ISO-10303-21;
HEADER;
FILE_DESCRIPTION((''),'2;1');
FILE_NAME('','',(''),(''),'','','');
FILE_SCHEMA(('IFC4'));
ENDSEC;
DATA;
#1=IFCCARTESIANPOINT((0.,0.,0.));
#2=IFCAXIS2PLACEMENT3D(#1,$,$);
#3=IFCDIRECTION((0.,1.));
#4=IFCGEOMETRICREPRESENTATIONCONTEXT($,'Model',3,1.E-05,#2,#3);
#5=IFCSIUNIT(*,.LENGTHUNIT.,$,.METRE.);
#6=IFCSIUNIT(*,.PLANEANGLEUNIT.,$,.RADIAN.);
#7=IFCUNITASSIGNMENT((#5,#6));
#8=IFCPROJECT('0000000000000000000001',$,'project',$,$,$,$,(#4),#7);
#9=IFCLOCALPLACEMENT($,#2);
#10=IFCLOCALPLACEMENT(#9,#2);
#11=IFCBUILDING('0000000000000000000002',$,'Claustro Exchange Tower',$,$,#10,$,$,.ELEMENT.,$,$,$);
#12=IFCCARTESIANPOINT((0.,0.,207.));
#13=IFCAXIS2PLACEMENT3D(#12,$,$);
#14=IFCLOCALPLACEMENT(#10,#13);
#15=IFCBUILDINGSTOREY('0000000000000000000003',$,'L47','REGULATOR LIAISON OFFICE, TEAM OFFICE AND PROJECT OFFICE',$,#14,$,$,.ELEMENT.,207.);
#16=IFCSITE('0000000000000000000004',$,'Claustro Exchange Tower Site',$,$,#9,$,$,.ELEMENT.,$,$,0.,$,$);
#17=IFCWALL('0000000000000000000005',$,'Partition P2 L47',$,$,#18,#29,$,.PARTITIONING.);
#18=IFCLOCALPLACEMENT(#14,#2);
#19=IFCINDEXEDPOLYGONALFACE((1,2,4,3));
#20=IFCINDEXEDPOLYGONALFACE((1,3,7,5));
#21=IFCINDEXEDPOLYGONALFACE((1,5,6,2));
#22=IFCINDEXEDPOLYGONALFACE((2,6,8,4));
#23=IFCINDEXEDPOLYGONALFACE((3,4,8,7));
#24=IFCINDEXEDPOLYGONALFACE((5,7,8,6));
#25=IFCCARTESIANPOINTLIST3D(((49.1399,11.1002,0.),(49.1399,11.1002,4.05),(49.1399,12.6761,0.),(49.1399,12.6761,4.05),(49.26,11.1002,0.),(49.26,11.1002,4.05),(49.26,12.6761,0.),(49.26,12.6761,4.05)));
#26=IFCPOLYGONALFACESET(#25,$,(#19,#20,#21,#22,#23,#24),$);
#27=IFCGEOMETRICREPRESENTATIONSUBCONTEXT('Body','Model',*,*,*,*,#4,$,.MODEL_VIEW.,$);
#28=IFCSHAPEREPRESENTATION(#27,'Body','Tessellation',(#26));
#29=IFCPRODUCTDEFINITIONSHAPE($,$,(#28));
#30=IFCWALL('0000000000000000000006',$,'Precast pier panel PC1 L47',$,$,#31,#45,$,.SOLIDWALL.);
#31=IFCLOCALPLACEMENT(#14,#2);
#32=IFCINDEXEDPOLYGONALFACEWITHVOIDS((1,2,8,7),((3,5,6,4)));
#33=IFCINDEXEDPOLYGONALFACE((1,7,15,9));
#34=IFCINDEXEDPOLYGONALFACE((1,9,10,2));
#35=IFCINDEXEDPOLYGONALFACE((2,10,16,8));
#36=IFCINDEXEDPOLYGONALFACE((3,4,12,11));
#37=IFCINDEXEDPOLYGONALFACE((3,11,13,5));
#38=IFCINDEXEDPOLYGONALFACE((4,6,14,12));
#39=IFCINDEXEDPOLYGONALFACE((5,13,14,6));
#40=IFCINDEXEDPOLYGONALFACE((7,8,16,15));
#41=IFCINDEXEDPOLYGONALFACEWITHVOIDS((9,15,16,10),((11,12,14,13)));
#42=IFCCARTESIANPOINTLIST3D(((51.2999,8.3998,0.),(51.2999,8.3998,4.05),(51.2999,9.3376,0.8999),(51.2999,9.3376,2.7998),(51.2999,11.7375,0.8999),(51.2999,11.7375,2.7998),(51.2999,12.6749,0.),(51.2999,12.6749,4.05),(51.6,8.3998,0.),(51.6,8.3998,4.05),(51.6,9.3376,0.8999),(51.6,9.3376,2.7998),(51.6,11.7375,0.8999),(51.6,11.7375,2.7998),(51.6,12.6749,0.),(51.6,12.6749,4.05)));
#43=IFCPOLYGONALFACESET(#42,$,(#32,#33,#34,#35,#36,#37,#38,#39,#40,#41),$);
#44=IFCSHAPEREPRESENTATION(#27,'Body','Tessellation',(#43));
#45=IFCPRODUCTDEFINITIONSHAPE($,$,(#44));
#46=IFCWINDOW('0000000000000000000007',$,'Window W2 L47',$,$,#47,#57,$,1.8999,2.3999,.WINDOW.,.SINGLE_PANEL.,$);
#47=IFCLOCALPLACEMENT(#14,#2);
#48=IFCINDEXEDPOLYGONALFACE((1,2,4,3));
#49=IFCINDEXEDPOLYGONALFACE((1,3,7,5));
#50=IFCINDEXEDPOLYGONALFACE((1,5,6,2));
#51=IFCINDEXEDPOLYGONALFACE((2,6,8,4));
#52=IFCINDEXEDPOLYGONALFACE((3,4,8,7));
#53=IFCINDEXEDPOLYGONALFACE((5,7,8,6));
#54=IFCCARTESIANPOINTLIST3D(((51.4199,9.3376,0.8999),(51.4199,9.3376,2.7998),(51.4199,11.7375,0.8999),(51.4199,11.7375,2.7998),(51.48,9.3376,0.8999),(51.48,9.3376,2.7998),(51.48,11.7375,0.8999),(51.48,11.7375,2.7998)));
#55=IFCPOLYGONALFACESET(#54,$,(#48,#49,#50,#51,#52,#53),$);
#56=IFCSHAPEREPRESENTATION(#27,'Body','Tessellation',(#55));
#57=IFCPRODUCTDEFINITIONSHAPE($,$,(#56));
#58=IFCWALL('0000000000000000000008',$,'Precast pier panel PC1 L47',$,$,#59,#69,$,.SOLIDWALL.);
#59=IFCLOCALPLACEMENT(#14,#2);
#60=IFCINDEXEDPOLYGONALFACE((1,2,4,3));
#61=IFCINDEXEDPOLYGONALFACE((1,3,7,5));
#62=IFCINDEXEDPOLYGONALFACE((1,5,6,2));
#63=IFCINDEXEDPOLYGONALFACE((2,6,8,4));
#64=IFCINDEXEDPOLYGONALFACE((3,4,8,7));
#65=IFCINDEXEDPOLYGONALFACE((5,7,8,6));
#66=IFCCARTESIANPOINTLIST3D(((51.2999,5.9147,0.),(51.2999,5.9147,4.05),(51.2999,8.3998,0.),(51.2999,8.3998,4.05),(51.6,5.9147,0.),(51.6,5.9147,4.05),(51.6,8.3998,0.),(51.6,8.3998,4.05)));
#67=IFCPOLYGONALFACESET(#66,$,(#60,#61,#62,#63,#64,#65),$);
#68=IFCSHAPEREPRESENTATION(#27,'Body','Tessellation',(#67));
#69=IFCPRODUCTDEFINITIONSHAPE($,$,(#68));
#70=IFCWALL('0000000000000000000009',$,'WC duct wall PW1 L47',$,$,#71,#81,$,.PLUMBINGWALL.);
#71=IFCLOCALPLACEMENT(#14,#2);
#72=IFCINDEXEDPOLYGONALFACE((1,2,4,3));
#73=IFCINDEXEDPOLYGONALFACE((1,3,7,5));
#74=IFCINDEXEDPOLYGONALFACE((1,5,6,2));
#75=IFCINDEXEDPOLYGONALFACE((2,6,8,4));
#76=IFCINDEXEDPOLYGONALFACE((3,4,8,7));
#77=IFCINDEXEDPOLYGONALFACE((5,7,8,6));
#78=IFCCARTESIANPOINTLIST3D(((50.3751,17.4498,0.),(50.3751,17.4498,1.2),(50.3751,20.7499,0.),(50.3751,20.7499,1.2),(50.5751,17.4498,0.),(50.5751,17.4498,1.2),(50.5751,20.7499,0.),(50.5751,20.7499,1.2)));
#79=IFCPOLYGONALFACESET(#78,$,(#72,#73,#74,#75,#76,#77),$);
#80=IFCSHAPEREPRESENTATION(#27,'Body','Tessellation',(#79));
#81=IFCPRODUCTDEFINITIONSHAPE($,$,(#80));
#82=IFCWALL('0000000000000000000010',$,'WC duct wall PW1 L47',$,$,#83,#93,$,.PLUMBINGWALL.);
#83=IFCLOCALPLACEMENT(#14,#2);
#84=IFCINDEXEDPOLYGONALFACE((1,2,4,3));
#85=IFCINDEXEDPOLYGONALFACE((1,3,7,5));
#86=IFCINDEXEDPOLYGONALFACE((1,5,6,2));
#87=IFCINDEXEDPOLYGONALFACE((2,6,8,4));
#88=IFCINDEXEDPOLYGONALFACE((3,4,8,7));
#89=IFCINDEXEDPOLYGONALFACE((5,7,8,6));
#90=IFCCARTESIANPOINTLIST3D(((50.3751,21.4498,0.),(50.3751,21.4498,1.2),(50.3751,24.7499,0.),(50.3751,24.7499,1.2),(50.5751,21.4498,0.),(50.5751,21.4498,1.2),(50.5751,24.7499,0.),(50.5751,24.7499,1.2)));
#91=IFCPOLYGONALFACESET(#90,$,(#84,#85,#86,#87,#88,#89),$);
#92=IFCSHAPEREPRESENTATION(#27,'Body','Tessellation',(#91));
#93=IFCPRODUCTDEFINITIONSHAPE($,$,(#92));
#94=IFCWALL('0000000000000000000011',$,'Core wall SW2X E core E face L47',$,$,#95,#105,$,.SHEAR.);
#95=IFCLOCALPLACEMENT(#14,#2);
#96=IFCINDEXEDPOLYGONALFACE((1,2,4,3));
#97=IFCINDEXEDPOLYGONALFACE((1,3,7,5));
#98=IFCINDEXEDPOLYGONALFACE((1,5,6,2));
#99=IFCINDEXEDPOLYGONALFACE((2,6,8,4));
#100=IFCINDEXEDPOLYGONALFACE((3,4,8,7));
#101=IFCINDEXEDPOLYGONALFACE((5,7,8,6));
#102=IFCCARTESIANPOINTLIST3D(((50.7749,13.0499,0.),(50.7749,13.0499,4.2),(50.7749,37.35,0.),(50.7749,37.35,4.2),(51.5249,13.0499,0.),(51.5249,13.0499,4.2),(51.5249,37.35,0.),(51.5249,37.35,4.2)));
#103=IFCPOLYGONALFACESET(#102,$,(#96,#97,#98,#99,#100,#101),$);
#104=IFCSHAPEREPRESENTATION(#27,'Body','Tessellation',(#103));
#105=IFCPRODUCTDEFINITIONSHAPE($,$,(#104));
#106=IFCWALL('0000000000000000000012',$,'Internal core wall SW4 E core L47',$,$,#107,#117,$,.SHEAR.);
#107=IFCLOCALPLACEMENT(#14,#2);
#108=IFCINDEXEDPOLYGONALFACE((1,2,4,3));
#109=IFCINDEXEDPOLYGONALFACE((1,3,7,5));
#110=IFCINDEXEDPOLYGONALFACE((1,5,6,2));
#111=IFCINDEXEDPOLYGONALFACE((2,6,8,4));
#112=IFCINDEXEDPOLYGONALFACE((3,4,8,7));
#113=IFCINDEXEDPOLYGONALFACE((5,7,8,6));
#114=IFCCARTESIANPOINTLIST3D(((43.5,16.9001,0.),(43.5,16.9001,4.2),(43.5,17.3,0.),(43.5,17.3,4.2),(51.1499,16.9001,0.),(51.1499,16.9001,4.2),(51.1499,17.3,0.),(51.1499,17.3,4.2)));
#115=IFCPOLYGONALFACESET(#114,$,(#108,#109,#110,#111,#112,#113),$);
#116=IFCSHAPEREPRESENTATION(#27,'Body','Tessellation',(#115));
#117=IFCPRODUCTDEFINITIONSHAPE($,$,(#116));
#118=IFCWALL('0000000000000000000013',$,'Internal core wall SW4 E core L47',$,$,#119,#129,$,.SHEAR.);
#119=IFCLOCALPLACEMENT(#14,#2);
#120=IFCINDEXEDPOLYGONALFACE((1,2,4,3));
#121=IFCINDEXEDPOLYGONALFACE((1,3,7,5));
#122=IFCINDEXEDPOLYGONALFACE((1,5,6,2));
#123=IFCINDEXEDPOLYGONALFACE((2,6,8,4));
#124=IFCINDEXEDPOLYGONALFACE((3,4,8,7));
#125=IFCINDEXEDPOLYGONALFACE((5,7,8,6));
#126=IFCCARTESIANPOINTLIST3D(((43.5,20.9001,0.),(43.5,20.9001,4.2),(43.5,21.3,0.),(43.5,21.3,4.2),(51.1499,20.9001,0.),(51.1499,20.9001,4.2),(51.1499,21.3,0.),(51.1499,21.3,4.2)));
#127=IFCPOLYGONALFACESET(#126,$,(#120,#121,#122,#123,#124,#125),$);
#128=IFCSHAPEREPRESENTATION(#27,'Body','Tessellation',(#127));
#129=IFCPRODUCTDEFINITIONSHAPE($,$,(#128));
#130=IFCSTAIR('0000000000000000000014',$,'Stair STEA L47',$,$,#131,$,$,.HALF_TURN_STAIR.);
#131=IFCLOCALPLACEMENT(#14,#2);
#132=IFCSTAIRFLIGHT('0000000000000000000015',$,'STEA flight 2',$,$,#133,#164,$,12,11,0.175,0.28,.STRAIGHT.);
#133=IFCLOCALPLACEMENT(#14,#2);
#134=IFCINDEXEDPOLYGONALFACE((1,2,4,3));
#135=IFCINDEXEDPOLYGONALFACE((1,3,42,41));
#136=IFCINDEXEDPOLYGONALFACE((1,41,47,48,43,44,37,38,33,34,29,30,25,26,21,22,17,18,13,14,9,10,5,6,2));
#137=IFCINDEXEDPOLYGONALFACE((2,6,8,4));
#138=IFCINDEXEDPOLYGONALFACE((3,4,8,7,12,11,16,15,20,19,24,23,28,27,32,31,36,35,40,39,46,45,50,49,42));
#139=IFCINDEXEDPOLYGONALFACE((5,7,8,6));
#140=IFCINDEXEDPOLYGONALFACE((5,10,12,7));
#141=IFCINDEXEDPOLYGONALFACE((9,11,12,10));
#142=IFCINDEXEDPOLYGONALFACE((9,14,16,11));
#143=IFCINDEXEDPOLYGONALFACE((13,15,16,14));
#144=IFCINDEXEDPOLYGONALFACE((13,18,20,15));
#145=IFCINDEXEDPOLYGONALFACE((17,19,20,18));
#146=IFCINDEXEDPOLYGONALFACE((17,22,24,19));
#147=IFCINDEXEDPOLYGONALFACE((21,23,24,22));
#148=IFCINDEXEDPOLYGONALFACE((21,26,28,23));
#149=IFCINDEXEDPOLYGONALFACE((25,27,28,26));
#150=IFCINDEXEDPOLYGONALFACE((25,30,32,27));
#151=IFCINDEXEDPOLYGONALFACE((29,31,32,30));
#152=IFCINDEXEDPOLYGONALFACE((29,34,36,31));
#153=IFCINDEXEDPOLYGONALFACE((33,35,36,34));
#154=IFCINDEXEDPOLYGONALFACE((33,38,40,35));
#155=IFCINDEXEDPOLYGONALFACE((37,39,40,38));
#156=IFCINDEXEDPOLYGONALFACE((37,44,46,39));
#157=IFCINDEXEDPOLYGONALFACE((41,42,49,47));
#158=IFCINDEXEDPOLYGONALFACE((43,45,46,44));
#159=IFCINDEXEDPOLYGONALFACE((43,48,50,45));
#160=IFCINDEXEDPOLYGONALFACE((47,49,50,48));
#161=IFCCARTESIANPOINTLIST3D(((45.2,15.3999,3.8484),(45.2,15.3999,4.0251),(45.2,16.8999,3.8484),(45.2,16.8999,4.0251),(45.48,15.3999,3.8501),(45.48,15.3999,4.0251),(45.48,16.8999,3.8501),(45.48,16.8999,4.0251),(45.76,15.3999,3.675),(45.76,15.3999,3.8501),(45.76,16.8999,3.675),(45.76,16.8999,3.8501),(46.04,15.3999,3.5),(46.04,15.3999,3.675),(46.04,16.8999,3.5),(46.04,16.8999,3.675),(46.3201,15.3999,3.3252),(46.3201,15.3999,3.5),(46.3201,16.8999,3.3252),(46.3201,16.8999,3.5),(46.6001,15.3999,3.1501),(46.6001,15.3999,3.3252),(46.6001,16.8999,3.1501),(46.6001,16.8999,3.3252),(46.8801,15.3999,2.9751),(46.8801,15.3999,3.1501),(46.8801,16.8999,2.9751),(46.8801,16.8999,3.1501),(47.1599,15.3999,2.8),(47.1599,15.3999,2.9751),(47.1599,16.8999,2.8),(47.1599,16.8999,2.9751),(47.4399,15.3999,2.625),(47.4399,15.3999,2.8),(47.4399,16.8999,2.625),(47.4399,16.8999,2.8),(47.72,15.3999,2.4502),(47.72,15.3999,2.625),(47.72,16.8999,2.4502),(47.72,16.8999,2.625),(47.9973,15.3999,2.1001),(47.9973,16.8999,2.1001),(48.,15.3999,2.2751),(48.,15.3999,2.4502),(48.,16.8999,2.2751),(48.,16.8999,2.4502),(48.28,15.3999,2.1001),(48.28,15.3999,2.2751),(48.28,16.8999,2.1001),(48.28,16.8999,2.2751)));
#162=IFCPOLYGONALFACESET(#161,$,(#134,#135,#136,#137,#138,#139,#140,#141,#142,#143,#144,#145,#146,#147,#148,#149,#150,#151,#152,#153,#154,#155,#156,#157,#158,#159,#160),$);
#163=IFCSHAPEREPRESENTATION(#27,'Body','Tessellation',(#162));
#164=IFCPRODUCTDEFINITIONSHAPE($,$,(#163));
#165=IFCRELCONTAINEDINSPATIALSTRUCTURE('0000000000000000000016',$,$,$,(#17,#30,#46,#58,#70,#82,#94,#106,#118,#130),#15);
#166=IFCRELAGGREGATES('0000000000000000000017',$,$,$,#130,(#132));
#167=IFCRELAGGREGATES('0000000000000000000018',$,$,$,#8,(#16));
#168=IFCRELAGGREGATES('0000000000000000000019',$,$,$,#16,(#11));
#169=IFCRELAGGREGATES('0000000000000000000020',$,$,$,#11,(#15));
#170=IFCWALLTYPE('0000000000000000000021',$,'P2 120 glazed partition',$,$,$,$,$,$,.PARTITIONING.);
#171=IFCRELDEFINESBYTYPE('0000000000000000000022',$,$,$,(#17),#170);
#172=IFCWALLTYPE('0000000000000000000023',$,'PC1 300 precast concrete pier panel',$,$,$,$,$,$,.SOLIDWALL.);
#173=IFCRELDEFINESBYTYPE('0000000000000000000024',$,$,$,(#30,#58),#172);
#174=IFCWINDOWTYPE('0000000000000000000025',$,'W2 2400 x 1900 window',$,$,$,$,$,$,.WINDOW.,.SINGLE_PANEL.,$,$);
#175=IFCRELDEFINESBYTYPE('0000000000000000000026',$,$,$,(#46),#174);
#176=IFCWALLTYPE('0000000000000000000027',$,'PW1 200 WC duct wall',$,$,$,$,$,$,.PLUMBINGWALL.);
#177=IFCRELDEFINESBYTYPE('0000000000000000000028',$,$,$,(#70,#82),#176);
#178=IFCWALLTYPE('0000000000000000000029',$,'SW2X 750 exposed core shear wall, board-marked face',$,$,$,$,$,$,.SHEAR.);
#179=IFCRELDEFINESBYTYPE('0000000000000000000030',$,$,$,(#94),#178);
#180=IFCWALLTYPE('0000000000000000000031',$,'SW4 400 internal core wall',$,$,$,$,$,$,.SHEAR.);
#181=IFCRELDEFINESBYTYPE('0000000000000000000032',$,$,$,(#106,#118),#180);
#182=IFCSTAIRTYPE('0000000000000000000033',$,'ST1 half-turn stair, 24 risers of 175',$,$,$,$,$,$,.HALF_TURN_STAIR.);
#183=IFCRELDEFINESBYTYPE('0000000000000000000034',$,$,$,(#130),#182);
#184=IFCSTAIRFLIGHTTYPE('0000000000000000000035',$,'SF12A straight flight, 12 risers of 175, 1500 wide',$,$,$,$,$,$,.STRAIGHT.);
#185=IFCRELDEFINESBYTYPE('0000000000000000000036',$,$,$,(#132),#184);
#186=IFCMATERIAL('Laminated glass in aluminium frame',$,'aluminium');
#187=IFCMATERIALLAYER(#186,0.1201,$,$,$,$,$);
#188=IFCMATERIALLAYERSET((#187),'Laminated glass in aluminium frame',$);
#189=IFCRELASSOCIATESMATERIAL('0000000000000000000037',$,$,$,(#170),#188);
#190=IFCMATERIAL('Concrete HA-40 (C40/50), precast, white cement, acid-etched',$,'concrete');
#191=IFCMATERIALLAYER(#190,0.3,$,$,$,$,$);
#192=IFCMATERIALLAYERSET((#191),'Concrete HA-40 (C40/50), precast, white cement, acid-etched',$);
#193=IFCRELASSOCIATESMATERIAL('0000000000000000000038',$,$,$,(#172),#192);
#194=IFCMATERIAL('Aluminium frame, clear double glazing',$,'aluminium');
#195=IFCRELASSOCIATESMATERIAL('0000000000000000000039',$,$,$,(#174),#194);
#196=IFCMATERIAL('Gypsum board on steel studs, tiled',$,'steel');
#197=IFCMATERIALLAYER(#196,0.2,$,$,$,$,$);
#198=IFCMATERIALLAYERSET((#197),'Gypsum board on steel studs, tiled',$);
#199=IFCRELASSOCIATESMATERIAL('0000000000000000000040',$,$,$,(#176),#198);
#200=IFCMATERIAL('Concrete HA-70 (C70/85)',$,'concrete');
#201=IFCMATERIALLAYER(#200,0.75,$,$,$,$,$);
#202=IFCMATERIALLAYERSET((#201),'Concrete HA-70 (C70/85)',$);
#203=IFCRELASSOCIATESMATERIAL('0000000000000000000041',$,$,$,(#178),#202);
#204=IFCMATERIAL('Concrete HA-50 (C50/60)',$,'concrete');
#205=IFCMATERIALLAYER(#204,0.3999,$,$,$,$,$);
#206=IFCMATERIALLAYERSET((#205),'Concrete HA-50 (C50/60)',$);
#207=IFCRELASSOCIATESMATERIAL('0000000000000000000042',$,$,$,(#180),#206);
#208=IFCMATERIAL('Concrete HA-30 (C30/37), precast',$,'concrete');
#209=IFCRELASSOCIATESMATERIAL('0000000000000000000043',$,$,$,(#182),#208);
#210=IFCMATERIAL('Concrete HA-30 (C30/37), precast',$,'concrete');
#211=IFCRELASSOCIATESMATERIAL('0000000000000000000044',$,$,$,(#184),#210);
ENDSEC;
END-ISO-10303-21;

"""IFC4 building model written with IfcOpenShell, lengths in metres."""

from ifc_helpers import new_model, si_unit, direction, frame, frame_2d, origin, place, context, subcontext, project, spatial, polyline, rectangle, outline, extrude, material, layer, layer_set, type_object, element, fill, aggregate, save


model = new_model("IFC4")

# Units and contexts
model_context = context("Model", 3, precision=1e-05, world=origin(), true_north=direction((0.0, 1.0)))
body_context = subcontext(model_context, "Body", "Model", "MODEL_VIEW")
ifc_project = project(units=[si_unit("LENGTHUNIT", "METRE"), si_unit("PLANEANGLEUNIT", "RADIAN")], contexts=[model_context])

# Site, building, storey
site_placement = place(None, origin())
site = spatial("IfcSite", under=ifc_project, at=site_placement, Name="Claustro Exchange Tower Site", CompositionType="ELEMENT", RefElevation=0.0)
building_placement = place(site_placement, origin())
building = spatial("IfcBuilding", under=site, at=building_placement, Name="Claustro Exchange Tower", CompositionType="ELEMENT")
storey_placement = place(building_placement, frame((0.0, 0.0, 207.0)))
storey = spatial("IfcBuildingStorey", under=building, at=storey_placement, Name="L47", Description="REGULATOR LIAISON OFFICE, TEAM OFFICE AND PROJECT OFFICE", CompositionType="ELEMENT", Elevation=207.0)

# Wall
ifc_material_1 = material(Name="Laminated glass in aluminium frame", Category="aluminium")
ifc_layer_1 = layer(ifc_material_1, 0.1201)
ifc_layer_set_1 = layer_set([ifc_layer_1], Name="Laminated glass in aluminium frame")
wall_type_1 = type_object("IfcWallType", Name="P2 120 glazed partition", PredefinedType="PARTITIONING", material=ifc_layer_set_1)
wall_1_placement = place(storey_placement, frame((49.2, 11.1001, 0.0), z_axis=(0.0, 0.0, 1.0), x_axis=(0.0, 1.0, 0.0)))
element("IfcWall", 1, at=wall_1_placement, inside=storey, type_object=wall_type_1, Name="Partition P2 L47", PredefinedType="PARTITIONING", context=body_context, shape_type="SweptSolid", body=[
    extrude(rectangle(XDim=1.5759, YDim=0.1201, at=frame_2d((0.7881, 0.0))), origin(), (0.0, 0.0, 1.0), 4.05),
])

# Wall, opening, window
ifc_material_2 = material(Name="Concrete HA-40 (C40/50), precast, white cement, acid-etched", Category="concrete")
ifc_layer_2 = layer(ifc_material_2, 0.3)
ifc_layer_set_2 = layer_set([ifc_layer_2], Name="Concrete HA-40 (C40/50), precast, white cement, acid-etched")
wall_type_2 = type_object("IfcWallType", Name="PC1 300 precast concrete pier panel", PredefinedType="SOLIDWALL", material=ifc_layer_set_2)
wall_2_placement = place(storey_placement, frame((51.45, 12.675, 0.0), z_axis=(0.0, 0.0, 1.0), x_axis=(0.0, -1.0, 0.0)))
wall_2 = element("IfcWall", 2, at=wall_2_placement, inside=storey, type_object=wall_type_2, Name="Precast pier panel PC1 L47", PredefinedType="SOLIDWALL", context=body_context, shape_type="SweptSolid", body=[
    extrude(rectangle(XDim=4.2751, YDim=0.3, at=frame_2d((2.1377, 0.0))), origin(), (0.0, 0.0, 1.0), 4.05),
])
opening_placement = place(wall_2_placement, frame((0.9375, 0.0, 0.8999)))
opening = element("IfcOpeningElement", 3, at=opening_placement, cuts=wall_2, PredefinedType="OPENING", context=body_context, shape_type="SweptSolid", body=[
    extrude(rectangle(XDim=2.3999, YDim=1.8999, at=frame_2d((1.2, 0.95))), frame((0.0, 0.1599, 0.0), z_axis=(0.0, -1.0, 0.0), x_axis=(1.0, 0.0, 0.0)), (0.0, 0.0, 1.0), 0.3201),
])
ifc_material_3 = material(Name="Aluminium frame, clear double glazing", Category="aluminium")
window_type = type_object("IfcWindowType", Name="W2 2400 x 1900 window", PartitioningType="SINGLE_PANEL", PredefinedType="WINDOW", material=ifc_material_3)
window_placement = place(opening_placement, origin())
window = element("IfcWindow", 4, at=window_placement, inside=storey, type_object=window_type, Name="Window W2 L47", OverallHeight=1.8999, OverallWidth=2.3999, PartitioningType="SINGLE_PANEL", PredefinedType="WINDOW", context=body_context, shape_type="SweptSolid", body=[
    extrude(rectangle(XDim=2.3999, YDim=1.8999, at=frame_2d((1.2, 0.95))), frame((0.0, 0.03, 0.0), z_axis=(0.0, -1.0, 0.0), x_axis=(1.0, 0.0, 0.0)), (0.0, 0.0, 1.0), 0.0601),
])
fill(opening, window)

# Walls
wall_3_placement = place(storey_placement, frame((51.45, 8.3999, 0.0), z_axis=(0.0, 0.0, 1.0), x_axis=(0.0, -1.0, 0.0)))
element("IfcWall", 5, at=wall_3_placement, inside=storey, type_object=wall_type_2, Name="Precast pier panel PC1 L47", PredefinedType="SOLIDWALL", context=body_context, shape_type="SweptSolid", body=[
    extrude(rectangle(XDim=2.4851, YDim=0.3, at=frame_2d((1.2427, 0.0))), origin(), (0.0, 0.0, 1.0), 4.05),
])
ifc_material_4 = material(Name="Gypsum board on steel studs, tiled", Category="steel")
ifc_layer_3 = layer(ifc_material_4, 0.2)
ifc_layer_set_3 = layer_set([ifc_layer_3], Name="Gypsum board on steel studs, tiled")
wall_type_3 = type_object("IfcWallType", Name="PW1 200 WC duct wall", PredefinedType="PLUMBINGWALL", material=ifc_layer_set_3)
for number, where, z_axis, x_axis, name in (
    (6, (50.4751, 17.45, 0.0), (0.0, 0.0, 1.0), (0.0, 1.0, 0.0), "WC duct wall PW1 L47"),
    (7, (50.4751, 21.45, 0.0), (0.0, 0.0, 1.0), (0.0, 1.0, 0.0), "WC duct wall PW1 L47"),
):
    element("IfcWall", number, at=place(storey_placement, frame(where, z_axis=z_axis, x_axis=x_axis)), inside=storey, type_object=wall_type_3, Name=name, PredefinedType="PLUMBINGWALL", context=body_context, shape_type="SweptSolid", body=[
        extrude(rectangle(XDim=3.3, YDim=0.2, at=frame_2d((1.6499, 0.0))), origin(), (0.0, 0.0, 1.0), 1.2),
    ])
ifc_material_5 = material(Name="Concrete HA-70 (C70/85)", Category="concrete")
ifc_layer_4 = layer(ifc_material_5, 0.75)
ifc_layer_set_4 = layer_set([ifc_layer_4], Name="Concrete HA-70 (C70/85)")
wall_type_4 = type_object("IfcWallType", Name="SW2X 750 exposed core shear wall, board-marked face", PredefinedType="SHEAR", material=ifc_layer_set_4)
wall_4_placement = place(storey_placement, frame((51.1499, 13.05, 0.0), z_axis=(0.0, 0.0, 1.0), x_axis=(0.0, 1.0, 0.0)))
element("IfcWall", 8, at=wall_4_placement, inside=storey, type_object=wall_type_4, Name="Core wall SW2X E core E face L47", PredefinedType="SHEAR", context=body_context, shape_type="SweptSolid", body=[
    extrude(rectangle(XDim=24.3, YDim=0.75, at=frame_2d((12.1499, 0.0))), origin(), (0.0, 0.0, 1.0), 4.2),
])
ifc_material_6 = material(Name="Concrete HA-50 (C50/60)", Category="concrete")
ifc_layer_5 = layer(ifc_material_6, 0.3999)
ifc_layer_set_5 = layer_set([ifc_layer_5], Name="Concrete HA-50 (C50/60)")
wall_type_5 = type_object("IfcWallType", Name="SW4 400 internal core wall", PredefinedType="SHEAR", material=ifc_layer_set_5)
for number, where, z_axis, x_axis, name in (
    (9, (51.1499, 17.1001, 0.0), (0.0, 0.0, 1.0), (-1.0, 0.0, 0.0), "Internal core wall SW4 E core L47"),
    (10, (51.1499, 21.1001, 0.0), (0.0, 0.0, 1.0), (-1.0, 0.0, 0.0), "Internal core wall SW4 E core L47"),
):
    element("IfcWall", number, at=place(storey_placement, frame(where, z_axis=z_axis, x_axis=x_axis)), inside=storey, type_object=wall_type_5, Name=name, PredefinedType="SHEAR", context=body_context, shape_type="SweptSolid", body=[
        extrude(rectangle(XDim=7.6499, YDim=0.3999, at=frame_2d((3.825, 0.0))), origin(), (0.0, 0.0, 1.0), 4.2),
    ])

# Stair, stair flight
ifc_material_7 = material(Name="Concrete HA-30 (C30/37), precast", Category="concrete")
stair_type = type_object("IfcStairType", Name="ST1 half-turn stair, 24 risers of 175", PredefinedType="HALF_TURN_STAIR", material=ifc_material_7)
stair_placement = place(storey_placement, origin())
stair = element("IfcStair", 11, at=stair_placement, inside=storey, type_object=stair_type, Name="Stair STEA L47", PredefinedType="HALF_TURN_STAIR")
ifc_material_8 = material(Name="Concrete HA-30 (C30/37), precast", Category="concrete")
stair_flight_type = type_object("IfcStairFlightType", Name="SF12A straight flight, 12 risers of 175, 1500 wide", PredefinedType="STRAIGHT", material=ifc_material_8)
stair_flight_placement = place(storey_placement, frame((48.28, 16.1499, 2.1001), z_axis=(0.0, 0.0, 1.0), x_axis=(-1.0, 0.0, 0.0)))
stair_flight = element("IfcStairFlight", 12, at=stair_flight_placement, type_object=stair_flight_type, Name="STEA flight 2", NumberOfRisers=12, NumberOfTreads=11, PredefinedType="STRAIGHT", RiserHeight=0.175, TreadLength=0.28, context=body_context, shape_type="SweptSolid", body=[
    extrude(outline(polyline([(0.0, 0.0), (0.0, 0.175), (0.28, 0.175), (0.28, 0.3501), (0.5601, 0.3501), (0.5601, 0.5249), (0.8401, 0.5249), (0.8401, 0.7), (1.1201, 0.7), (1.1201, 0.875), (1.3999, 0.875), (1.3999, 1.05), (1.6799, 1.05), (1.6799, 1.2251), (1.96, 1.2251), (1.96, 1.3999), (2.24, 1.3999), (2.24, 1.575), (2.52, 1.575), (2.52, 1.75), (2.8, 1.75), (2.8, 1.925), (3.0801, 1.925), (3.0801, 2.1001), (3.0801, 1.7483), (0.2827, 0.0), (0.0, 0.0)])), frame((0.0, 0.75, 0.0), z_axis=(0.0, -1.0, 0.0), x_axis=(1.0, 0.0, 0.0)), (0.0, 0.0, 1.0), 1.5),
])
aggregate(stair, [stair_flight])

save(model, "model.ifc")
